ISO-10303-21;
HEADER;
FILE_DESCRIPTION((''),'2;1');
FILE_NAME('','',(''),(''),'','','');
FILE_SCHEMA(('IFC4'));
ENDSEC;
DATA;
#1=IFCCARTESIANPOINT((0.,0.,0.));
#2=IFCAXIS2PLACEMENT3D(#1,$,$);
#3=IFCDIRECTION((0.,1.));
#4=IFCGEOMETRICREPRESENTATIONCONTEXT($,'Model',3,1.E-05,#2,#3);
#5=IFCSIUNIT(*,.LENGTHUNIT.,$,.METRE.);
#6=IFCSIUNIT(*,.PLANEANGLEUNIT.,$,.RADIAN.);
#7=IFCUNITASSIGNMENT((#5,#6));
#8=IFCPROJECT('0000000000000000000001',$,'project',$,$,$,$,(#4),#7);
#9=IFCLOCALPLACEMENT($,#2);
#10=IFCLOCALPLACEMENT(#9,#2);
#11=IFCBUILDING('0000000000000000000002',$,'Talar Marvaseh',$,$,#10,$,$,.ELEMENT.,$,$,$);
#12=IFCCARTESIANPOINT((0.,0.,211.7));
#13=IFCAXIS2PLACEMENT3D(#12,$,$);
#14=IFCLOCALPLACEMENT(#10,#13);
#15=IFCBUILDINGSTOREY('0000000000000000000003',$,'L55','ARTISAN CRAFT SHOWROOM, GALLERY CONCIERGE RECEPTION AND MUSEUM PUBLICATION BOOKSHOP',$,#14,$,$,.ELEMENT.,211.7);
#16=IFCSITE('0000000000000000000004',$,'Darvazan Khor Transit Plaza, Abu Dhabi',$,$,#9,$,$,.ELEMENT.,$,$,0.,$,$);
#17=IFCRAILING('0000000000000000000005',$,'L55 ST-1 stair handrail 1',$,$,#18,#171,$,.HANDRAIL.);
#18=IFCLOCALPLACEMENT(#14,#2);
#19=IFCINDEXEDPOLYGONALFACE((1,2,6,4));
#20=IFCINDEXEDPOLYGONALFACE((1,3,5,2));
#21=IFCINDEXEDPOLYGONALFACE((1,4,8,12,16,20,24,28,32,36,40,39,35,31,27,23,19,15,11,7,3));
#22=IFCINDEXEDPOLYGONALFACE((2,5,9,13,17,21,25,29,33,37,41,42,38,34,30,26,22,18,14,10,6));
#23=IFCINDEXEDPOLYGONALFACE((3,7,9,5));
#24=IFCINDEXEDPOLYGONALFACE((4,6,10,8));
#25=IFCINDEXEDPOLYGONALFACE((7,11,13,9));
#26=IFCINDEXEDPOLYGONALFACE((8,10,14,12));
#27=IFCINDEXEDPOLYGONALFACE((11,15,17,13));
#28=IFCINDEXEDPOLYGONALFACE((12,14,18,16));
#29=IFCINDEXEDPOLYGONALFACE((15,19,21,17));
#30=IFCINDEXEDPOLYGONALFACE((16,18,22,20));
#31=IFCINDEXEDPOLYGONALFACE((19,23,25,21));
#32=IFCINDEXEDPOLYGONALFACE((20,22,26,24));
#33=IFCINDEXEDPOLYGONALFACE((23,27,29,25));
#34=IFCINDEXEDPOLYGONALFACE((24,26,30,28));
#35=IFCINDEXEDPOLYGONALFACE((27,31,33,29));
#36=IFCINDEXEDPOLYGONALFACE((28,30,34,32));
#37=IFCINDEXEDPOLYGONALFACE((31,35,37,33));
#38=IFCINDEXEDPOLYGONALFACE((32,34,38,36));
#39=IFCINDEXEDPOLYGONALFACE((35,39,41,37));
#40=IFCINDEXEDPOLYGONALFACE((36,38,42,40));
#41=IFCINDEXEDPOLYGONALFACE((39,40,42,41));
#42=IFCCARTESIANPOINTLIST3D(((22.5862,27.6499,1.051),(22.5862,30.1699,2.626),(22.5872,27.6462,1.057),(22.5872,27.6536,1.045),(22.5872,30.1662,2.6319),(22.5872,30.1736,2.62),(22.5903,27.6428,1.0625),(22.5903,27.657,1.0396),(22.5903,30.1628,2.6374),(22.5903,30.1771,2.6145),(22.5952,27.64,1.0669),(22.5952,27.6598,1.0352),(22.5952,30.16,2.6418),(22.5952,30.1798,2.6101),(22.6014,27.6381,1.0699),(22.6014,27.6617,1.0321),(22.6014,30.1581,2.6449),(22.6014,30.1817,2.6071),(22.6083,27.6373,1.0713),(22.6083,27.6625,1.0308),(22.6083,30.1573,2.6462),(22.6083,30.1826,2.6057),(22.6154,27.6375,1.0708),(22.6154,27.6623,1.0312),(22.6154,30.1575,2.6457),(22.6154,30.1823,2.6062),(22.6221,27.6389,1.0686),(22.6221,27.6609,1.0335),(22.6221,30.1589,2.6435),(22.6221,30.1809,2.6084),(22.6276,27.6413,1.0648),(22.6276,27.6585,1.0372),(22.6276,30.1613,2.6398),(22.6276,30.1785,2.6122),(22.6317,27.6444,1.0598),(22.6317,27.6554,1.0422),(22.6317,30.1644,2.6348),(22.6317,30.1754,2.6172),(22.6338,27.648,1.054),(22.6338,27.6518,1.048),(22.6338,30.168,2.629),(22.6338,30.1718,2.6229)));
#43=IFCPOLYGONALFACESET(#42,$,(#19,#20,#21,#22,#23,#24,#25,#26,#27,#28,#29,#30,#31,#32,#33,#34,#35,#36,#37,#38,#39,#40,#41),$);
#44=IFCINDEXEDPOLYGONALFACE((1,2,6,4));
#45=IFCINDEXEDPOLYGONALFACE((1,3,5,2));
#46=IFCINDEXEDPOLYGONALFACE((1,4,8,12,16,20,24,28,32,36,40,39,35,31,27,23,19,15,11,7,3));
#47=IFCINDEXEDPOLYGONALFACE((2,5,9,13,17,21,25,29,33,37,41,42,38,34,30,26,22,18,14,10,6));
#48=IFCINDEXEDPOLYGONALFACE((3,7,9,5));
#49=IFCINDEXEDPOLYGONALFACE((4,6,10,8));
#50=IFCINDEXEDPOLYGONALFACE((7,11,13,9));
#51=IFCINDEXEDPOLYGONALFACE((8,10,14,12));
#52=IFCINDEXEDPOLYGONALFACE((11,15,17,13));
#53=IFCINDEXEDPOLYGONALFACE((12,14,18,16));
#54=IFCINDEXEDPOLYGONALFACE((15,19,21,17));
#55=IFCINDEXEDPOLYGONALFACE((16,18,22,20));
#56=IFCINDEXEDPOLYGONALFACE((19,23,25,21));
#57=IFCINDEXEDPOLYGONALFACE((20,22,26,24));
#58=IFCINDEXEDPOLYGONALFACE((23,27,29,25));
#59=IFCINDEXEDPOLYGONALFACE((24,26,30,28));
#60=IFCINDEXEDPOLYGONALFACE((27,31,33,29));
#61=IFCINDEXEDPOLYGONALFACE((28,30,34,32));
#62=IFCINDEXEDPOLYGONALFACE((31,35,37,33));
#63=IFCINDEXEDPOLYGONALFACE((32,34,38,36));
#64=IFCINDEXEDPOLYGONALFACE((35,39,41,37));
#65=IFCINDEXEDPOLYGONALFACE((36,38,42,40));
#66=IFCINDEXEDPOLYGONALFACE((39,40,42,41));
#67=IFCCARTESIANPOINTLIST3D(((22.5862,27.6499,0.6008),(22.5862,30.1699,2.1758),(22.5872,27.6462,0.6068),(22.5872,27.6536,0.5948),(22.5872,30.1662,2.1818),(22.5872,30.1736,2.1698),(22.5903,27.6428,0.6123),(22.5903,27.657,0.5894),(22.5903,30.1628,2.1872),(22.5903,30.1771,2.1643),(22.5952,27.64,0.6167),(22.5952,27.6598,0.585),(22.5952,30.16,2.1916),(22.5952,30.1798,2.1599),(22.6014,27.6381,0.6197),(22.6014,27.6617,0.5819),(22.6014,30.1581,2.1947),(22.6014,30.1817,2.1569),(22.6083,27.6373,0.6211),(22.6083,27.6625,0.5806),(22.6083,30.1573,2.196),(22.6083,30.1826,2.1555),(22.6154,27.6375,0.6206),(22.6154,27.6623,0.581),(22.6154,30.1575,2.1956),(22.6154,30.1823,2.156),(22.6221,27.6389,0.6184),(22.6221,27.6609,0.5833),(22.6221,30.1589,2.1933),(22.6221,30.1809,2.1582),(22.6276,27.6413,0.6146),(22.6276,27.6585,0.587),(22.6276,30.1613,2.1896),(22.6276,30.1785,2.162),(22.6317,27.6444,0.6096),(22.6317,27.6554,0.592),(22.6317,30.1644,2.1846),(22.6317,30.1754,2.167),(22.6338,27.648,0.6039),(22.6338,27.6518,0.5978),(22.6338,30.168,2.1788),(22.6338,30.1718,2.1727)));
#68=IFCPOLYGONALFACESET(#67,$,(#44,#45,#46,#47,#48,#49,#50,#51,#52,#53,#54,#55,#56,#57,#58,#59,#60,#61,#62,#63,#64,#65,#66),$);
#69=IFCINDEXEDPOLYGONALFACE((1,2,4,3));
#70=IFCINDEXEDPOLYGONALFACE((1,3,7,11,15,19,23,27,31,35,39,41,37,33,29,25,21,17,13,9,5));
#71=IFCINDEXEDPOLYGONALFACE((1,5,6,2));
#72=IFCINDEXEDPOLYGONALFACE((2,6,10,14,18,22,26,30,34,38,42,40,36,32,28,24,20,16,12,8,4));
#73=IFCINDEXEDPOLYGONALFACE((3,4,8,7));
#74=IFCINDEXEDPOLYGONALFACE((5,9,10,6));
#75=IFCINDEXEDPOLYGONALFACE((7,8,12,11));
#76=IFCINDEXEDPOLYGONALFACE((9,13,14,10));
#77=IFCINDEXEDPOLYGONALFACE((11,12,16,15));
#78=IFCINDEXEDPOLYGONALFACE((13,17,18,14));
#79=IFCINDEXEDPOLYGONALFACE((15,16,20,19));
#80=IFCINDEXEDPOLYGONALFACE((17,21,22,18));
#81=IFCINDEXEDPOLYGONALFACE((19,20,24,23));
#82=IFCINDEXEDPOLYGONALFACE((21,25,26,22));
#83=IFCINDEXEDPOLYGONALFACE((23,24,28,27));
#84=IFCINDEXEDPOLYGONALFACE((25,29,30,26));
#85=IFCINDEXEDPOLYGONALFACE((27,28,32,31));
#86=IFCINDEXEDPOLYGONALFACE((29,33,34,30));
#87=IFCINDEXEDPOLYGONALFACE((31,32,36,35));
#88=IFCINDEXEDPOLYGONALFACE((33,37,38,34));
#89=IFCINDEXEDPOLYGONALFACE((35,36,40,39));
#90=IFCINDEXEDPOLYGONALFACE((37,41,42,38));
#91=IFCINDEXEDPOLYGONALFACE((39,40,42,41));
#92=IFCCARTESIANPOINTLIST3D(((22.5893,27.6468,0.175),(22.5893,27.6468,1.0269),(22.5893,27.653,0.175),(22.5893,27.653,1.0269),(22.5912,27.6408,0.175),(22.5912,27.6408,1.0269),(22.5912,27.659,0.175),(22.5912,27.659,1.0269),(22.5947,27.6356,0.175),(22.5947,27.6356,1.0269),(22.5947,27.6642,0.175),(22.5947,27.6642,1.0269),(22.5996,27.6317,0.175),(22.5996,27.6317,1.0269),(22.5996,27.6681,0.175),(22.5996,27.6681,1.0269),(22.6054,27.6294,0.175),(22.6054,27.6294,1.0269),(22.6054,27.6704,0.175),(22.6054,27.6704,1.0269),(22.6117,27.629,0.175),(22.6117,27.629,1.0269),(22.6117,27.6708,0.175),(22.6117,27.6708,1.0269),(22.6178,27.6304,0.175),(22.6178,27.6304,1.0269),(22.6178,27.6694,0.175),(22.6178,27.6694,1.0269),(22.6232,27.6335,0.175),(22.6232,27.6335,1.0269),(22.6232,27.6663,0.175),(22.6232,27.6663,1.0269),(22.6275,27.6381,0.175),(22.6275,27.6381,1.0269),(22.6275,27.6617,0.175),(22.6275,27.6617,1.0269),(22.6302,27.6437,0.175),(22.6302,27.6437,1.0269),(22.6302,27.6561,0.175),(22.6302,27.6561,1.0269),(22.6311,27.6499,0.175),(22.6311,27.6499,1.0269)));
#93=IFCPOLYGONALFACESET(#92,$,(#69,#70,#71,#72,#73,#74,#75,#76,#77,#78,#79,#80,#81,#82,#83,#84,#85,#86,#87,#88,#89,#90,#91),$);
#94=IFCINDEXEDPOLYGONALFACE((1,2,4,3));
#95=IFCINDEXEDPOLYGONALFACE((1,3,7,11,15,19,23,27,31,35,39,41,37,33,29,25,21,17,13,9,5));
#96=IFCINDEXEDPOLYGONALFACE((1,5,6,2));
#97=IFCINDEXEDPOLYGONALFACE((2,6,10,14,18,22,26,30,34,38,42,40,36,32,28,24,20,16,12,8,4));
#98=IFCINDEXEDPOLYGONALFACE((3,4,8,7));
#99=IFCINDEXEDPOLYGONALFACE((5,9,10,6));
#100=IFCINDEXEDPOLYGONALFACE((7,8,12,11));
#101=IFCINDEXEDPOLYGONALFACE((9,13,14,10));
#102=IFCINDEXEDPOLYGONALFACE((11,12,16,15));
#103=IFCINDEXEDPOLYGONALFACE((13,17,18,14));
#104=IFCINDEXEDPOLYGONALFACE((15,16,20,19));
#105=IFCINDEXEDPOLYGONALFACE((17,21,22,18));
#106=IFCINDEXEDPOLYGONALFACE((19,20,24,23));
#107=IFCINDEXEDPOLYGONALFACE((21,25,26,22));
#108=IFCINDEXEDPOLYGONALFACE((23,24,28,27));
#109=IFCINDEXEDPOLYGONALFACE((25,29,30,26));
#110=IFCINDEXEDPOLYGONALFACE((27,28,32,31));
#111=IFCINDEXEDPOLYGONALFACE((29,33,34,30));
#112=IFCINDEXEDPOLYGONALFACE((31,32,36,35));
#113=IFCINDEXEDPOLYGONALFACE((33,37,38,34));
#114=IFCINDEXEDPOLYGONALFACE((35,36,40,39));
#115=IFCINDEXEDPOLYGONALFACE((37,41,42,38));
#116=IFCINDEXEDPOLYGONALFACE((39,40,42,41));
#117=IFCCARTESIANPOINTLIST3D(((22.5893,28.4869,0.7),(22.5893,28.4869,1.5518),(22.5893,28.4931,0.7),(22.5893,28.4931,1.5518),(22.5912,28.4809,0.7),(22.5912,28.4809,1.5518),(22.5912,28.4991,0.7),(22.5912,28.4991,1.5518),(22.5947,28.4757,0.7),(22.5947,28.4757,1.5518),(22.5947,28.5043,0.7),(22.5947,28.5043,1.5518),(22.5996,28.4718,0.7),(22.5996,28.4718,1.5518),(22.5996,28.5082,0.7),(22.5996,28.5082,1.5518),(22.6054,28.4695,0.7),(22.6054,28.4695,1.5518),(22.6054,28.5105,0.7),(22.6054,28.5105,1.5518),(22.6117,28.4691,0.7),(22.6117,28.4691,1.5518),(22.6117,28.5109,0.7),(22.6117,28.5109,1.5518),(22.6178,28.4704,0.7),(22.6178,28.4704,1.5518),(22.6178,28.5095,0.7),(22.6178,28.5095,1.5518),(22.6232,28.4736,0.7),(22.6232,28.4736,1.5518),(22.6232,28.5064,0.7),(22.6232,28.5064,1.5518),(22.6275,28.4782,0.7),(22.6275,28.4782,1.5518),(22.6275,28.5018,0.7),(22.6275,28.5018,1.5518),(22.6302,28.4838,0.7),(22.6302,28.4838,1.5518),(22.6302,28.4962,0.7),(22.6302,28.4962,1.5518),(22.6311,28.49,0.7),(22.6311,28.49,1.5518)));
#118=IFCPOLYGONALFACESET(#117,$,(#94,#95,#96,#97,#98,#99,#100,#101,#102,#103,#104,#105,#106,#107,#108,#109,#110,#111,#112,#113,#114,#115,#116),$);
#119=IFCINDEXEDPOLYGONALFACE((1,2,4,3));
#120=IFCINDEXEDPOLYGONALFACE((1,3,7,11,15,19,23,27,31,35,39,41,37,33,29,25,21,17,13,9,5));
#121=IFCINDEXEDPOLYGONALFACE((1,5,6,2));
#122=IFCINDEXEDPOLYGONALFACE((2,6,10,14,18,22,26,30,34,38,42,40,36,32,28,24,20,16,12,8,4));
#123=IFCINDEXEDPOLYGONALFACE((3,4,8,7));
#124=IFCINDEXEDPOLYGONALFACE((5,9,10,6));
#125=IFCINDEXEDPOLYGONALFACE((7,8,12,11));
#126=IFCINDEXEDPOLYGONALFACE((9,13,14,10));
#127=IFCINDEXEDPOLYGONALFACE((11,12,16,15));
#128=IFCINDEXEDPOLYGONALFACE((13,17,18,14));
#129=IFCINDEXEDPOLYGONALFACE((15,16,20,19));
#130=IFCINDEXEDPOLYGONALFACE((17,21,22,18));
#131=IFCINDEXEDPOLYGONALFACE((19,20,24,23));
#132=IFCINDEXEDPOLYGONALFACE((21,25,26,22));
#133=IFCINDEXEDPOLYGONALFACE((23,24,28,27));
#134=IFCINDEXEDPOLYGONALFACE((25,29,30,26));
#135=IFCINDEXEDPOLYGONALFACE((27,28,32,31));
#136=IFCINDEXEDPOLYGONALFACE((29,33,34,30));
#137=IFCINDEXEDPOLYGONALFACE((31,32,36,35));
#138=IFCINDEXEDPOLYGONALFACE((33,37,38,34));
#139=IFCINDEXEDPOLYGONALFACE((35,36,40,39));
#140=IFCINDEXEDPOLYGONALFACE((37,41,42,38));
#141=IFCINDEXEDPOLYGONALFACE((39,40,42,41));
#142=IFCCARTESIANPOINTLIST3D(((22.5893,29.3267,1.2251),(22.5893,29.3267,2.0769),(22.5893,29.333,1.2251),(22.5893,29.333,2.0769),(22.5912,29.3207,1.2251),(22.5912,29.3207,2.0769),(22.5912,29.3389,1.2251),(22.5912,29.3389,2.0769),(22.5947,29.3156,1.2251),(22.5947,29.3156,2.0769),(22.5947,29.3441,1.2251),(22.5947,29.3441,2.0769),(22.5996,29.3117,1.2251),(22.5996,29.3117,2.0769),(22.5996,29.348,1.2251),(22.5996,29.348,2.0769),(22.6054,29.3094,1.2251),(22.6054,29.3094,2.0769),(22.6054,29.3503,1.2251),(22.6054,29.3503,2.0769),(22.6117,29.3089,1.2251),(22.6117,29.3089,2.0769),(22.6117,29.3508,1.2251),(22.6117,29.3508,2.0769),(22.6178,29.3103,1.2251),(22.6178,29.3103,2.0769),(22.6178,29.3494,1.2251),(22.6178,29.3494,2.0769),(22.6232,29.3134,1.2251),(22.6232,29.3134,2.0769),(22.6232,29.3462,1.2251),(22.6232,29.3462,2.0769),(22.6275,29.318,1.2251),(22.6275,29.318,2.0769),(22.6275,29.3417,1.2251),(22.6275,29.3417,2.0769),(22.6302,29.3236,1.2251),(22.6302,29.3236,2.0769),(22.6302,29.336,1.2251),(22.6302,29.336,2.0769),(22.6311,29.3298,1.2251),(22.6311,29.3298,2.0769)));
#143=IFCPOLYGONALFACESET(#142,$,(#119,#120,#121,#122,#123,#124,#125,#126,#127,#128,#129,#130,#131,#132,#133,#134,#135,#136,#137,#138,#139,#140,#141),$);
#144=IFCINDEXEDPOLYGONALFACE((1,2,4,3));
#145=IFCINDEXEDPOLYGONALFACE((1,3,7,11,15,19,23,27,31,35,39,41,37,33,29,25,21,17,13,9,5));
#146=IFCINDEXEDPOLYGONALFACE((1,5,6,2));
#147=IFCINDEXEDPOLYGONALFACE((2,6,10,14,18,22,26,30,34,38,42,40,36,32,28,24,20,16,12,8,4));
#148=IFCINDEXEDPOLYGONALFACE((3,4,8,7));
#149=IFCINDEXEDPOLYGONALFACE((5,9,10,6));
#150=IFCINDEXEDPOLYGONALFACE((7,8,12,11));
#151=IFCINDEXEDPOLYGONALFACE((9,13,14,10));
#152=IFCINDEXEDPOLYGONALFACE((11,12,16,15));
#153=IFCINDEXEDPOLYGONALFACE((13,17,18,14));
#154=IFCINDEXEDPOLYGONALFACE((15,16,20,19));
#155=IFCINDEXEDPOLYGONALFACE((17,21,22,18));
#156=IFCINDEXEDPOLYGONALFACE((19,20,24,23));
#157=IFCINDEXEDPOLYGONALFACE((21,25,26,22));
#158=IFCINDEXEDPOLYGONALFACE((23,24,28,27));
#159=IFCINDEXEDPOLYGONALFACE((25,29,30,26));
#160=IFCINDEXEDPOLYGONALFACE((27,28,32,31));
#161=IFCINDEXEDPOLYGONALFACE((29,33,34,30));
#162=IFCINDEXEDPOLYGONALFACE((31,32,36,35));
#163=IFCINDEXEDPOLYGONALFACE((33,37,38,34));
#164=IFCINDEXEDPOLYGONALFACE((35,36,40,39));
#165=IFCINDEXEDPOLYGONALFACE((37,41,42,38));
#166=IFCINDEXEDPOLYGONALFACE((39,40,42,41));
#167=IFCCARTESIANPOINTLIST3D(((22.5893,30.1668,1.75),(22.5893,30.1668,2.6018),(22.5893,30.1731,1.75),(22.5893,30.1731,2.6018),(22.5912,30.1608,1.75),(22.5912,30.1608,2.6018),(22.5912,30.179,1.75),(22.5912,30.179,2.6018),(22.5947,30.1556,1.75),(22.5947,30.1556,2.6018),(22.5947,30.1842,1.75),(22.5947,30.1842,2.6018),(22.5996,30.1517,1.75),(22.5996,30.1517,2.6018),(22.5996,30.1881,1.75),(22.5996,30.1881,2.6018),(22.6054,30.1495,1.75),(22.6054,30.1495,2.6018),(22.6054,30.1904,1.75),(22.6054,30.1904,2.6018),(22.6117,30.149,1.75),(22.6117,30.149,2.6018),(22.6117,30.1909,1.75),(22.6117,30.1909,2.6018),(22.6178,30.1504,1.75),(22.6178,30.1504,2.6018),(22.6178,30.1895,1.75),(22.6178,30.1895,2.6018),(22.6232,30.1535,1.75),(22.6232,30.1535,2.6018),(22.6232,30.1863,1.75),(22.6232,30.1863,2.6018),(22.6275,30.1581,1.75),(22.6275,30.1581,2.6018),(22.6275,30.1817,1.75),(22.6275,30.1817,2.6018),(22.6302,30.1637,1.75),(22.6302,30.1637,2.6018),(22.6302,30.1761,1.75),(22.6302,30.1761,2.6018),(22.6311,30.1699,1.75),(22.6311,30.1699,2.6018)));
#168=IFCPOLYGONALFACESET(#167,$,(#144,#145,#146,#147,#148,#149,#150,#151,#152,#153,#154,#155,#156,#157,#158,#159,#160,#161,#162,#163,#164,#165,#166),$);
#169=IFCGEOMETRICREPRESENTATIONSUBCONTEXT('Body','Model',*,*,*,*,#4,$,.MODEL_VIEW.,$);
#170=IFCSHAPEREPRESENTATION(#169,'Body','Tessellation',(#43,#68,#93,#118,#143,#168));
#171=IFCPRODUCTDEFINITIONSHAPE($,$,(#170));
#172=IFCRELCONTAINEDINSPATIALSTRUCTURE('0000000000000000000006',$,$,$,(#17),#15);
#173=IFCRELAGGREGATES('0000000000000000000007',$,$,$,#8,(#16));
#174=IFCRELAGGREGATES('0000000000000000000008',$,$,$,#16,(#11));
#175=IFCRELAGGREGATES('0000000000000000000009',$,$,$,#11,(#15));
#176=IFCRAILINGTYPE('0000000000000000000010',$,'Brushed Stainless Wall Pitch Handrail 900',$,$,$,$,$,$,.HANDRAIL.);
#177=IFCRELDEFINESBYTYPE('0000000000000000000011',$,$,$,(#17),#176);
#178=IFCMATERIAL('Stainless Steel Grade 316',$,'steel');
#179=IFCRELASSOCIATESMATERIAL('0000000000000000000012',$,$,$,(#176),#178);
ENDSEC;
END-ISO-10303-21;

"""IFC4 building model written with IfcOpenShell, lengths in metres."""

from ifc_helpers import new_model, si_unit, direction, frame, origin, origin_2d, place, context, subcontext, project, spatial, circle, extrude, material, type_object, element, save


model = new_model("IFC4")

# Units and contexts
model_context = context("Model", 3, precision=1e-05, world=origin(), true_north=direction((0.0, 1.0)))
body_context = subcontext(model_context, "Body", "Model", "MODEL_VIEW")
ifc_project = project(units=[si_unit("LENGTHUNIT", "METRE"), si_unit("PLANEANGLEUNIT", "RADIAN")], contexts=[model_context])

# Site, building, storey
site_placement = place(None, origin())
site = spatial("IfcSite", under=ifc_project, at=site_placement, Name="Darvazan Khor Transit Plaza, Abu Dhabi", CompositionType="ELEMENT", RefElevation=0.0)
building_placement = place(site_placement, origin())
building = spatial("IfcBuilding", under=site, at=building_placement, Name="Talar Marvaseh", CompositionType="ELEMENT")
storey_placement = place(building_placement, frame((0.0, 0.0, 211.7)))
storey = spatial("IfcBuildingStorey", under=building, at=storey_placement, Name="L55", Description="ARTISAN CRAFT SHOWROOM, GALLERY CONCIERGE RECEPTION AND MUSEUM PUBLICATION BOOKSHOP", CompositionType="ELEMENT", Elevation=211.7)

# Railing
ifc_material_1 = material(Name="Stainless Steel Grade 316", Category="steel")
railing_type_1 = type_object("IfcRailingType", Name="Brushed Stainless Wall Pitch Handrail 900", PredefinedType="HANDRAIL", material=ifc_material_1)
railing_1_placement = place(storey_placement, frame((22.6101, 27.6499, 0.175)))
element("IfcRailing", 1, at=railing_1_placement, inside=storey, type_object=railing_type_1, Name="L55 ST-1 stair handrail 1", PredefinedType="HANDRAIL", context=body_context, shape_type="SweptSolid", body=[
    extrude(circle(Radius=0.0239, at=origin_2d()), frame((0.0, 0.0, 0.876), z_axis=(0.0, 0.848008, 0.529984), x_axis=(-1.0, 0.0, 0.0)), (0.0, 0.0, 1.0), 2.9717),
    extrude(circle(Radius=0.0239, at=origin_2d()), frame((0.0, 0.0, 0.4258), z_axis=(0.0, 0.848008, 0.529984), x_axis=(-1.0, 0.0, 0.0)), (0.0, 0.0, 1.0), 2.9717),
    extrude(circle(Radius=0.021, at=origin_2d()), origin(), (0.0, 0.0, 1.0), 0.8518),
    extrude(circle(Radius=0.021, at=origin_2d()), frame((0.0, 0.8401, 0.5249)), (0.0, 0.0, 1.0), 0.8518),
    extrude(circle(Radius=0.021, at=origin_2d()), frame((0.0, 1.6799, 1.05)), (0.0, 0.0, 1.0), 0.8518),
    extrude(circle(Radius=0.021, at=origin_2d()), frame((0.0, 2.52, 1.575)), (0.0, 0.0, 1.0), 0.8518),
])

save(model, "model.ifc")
